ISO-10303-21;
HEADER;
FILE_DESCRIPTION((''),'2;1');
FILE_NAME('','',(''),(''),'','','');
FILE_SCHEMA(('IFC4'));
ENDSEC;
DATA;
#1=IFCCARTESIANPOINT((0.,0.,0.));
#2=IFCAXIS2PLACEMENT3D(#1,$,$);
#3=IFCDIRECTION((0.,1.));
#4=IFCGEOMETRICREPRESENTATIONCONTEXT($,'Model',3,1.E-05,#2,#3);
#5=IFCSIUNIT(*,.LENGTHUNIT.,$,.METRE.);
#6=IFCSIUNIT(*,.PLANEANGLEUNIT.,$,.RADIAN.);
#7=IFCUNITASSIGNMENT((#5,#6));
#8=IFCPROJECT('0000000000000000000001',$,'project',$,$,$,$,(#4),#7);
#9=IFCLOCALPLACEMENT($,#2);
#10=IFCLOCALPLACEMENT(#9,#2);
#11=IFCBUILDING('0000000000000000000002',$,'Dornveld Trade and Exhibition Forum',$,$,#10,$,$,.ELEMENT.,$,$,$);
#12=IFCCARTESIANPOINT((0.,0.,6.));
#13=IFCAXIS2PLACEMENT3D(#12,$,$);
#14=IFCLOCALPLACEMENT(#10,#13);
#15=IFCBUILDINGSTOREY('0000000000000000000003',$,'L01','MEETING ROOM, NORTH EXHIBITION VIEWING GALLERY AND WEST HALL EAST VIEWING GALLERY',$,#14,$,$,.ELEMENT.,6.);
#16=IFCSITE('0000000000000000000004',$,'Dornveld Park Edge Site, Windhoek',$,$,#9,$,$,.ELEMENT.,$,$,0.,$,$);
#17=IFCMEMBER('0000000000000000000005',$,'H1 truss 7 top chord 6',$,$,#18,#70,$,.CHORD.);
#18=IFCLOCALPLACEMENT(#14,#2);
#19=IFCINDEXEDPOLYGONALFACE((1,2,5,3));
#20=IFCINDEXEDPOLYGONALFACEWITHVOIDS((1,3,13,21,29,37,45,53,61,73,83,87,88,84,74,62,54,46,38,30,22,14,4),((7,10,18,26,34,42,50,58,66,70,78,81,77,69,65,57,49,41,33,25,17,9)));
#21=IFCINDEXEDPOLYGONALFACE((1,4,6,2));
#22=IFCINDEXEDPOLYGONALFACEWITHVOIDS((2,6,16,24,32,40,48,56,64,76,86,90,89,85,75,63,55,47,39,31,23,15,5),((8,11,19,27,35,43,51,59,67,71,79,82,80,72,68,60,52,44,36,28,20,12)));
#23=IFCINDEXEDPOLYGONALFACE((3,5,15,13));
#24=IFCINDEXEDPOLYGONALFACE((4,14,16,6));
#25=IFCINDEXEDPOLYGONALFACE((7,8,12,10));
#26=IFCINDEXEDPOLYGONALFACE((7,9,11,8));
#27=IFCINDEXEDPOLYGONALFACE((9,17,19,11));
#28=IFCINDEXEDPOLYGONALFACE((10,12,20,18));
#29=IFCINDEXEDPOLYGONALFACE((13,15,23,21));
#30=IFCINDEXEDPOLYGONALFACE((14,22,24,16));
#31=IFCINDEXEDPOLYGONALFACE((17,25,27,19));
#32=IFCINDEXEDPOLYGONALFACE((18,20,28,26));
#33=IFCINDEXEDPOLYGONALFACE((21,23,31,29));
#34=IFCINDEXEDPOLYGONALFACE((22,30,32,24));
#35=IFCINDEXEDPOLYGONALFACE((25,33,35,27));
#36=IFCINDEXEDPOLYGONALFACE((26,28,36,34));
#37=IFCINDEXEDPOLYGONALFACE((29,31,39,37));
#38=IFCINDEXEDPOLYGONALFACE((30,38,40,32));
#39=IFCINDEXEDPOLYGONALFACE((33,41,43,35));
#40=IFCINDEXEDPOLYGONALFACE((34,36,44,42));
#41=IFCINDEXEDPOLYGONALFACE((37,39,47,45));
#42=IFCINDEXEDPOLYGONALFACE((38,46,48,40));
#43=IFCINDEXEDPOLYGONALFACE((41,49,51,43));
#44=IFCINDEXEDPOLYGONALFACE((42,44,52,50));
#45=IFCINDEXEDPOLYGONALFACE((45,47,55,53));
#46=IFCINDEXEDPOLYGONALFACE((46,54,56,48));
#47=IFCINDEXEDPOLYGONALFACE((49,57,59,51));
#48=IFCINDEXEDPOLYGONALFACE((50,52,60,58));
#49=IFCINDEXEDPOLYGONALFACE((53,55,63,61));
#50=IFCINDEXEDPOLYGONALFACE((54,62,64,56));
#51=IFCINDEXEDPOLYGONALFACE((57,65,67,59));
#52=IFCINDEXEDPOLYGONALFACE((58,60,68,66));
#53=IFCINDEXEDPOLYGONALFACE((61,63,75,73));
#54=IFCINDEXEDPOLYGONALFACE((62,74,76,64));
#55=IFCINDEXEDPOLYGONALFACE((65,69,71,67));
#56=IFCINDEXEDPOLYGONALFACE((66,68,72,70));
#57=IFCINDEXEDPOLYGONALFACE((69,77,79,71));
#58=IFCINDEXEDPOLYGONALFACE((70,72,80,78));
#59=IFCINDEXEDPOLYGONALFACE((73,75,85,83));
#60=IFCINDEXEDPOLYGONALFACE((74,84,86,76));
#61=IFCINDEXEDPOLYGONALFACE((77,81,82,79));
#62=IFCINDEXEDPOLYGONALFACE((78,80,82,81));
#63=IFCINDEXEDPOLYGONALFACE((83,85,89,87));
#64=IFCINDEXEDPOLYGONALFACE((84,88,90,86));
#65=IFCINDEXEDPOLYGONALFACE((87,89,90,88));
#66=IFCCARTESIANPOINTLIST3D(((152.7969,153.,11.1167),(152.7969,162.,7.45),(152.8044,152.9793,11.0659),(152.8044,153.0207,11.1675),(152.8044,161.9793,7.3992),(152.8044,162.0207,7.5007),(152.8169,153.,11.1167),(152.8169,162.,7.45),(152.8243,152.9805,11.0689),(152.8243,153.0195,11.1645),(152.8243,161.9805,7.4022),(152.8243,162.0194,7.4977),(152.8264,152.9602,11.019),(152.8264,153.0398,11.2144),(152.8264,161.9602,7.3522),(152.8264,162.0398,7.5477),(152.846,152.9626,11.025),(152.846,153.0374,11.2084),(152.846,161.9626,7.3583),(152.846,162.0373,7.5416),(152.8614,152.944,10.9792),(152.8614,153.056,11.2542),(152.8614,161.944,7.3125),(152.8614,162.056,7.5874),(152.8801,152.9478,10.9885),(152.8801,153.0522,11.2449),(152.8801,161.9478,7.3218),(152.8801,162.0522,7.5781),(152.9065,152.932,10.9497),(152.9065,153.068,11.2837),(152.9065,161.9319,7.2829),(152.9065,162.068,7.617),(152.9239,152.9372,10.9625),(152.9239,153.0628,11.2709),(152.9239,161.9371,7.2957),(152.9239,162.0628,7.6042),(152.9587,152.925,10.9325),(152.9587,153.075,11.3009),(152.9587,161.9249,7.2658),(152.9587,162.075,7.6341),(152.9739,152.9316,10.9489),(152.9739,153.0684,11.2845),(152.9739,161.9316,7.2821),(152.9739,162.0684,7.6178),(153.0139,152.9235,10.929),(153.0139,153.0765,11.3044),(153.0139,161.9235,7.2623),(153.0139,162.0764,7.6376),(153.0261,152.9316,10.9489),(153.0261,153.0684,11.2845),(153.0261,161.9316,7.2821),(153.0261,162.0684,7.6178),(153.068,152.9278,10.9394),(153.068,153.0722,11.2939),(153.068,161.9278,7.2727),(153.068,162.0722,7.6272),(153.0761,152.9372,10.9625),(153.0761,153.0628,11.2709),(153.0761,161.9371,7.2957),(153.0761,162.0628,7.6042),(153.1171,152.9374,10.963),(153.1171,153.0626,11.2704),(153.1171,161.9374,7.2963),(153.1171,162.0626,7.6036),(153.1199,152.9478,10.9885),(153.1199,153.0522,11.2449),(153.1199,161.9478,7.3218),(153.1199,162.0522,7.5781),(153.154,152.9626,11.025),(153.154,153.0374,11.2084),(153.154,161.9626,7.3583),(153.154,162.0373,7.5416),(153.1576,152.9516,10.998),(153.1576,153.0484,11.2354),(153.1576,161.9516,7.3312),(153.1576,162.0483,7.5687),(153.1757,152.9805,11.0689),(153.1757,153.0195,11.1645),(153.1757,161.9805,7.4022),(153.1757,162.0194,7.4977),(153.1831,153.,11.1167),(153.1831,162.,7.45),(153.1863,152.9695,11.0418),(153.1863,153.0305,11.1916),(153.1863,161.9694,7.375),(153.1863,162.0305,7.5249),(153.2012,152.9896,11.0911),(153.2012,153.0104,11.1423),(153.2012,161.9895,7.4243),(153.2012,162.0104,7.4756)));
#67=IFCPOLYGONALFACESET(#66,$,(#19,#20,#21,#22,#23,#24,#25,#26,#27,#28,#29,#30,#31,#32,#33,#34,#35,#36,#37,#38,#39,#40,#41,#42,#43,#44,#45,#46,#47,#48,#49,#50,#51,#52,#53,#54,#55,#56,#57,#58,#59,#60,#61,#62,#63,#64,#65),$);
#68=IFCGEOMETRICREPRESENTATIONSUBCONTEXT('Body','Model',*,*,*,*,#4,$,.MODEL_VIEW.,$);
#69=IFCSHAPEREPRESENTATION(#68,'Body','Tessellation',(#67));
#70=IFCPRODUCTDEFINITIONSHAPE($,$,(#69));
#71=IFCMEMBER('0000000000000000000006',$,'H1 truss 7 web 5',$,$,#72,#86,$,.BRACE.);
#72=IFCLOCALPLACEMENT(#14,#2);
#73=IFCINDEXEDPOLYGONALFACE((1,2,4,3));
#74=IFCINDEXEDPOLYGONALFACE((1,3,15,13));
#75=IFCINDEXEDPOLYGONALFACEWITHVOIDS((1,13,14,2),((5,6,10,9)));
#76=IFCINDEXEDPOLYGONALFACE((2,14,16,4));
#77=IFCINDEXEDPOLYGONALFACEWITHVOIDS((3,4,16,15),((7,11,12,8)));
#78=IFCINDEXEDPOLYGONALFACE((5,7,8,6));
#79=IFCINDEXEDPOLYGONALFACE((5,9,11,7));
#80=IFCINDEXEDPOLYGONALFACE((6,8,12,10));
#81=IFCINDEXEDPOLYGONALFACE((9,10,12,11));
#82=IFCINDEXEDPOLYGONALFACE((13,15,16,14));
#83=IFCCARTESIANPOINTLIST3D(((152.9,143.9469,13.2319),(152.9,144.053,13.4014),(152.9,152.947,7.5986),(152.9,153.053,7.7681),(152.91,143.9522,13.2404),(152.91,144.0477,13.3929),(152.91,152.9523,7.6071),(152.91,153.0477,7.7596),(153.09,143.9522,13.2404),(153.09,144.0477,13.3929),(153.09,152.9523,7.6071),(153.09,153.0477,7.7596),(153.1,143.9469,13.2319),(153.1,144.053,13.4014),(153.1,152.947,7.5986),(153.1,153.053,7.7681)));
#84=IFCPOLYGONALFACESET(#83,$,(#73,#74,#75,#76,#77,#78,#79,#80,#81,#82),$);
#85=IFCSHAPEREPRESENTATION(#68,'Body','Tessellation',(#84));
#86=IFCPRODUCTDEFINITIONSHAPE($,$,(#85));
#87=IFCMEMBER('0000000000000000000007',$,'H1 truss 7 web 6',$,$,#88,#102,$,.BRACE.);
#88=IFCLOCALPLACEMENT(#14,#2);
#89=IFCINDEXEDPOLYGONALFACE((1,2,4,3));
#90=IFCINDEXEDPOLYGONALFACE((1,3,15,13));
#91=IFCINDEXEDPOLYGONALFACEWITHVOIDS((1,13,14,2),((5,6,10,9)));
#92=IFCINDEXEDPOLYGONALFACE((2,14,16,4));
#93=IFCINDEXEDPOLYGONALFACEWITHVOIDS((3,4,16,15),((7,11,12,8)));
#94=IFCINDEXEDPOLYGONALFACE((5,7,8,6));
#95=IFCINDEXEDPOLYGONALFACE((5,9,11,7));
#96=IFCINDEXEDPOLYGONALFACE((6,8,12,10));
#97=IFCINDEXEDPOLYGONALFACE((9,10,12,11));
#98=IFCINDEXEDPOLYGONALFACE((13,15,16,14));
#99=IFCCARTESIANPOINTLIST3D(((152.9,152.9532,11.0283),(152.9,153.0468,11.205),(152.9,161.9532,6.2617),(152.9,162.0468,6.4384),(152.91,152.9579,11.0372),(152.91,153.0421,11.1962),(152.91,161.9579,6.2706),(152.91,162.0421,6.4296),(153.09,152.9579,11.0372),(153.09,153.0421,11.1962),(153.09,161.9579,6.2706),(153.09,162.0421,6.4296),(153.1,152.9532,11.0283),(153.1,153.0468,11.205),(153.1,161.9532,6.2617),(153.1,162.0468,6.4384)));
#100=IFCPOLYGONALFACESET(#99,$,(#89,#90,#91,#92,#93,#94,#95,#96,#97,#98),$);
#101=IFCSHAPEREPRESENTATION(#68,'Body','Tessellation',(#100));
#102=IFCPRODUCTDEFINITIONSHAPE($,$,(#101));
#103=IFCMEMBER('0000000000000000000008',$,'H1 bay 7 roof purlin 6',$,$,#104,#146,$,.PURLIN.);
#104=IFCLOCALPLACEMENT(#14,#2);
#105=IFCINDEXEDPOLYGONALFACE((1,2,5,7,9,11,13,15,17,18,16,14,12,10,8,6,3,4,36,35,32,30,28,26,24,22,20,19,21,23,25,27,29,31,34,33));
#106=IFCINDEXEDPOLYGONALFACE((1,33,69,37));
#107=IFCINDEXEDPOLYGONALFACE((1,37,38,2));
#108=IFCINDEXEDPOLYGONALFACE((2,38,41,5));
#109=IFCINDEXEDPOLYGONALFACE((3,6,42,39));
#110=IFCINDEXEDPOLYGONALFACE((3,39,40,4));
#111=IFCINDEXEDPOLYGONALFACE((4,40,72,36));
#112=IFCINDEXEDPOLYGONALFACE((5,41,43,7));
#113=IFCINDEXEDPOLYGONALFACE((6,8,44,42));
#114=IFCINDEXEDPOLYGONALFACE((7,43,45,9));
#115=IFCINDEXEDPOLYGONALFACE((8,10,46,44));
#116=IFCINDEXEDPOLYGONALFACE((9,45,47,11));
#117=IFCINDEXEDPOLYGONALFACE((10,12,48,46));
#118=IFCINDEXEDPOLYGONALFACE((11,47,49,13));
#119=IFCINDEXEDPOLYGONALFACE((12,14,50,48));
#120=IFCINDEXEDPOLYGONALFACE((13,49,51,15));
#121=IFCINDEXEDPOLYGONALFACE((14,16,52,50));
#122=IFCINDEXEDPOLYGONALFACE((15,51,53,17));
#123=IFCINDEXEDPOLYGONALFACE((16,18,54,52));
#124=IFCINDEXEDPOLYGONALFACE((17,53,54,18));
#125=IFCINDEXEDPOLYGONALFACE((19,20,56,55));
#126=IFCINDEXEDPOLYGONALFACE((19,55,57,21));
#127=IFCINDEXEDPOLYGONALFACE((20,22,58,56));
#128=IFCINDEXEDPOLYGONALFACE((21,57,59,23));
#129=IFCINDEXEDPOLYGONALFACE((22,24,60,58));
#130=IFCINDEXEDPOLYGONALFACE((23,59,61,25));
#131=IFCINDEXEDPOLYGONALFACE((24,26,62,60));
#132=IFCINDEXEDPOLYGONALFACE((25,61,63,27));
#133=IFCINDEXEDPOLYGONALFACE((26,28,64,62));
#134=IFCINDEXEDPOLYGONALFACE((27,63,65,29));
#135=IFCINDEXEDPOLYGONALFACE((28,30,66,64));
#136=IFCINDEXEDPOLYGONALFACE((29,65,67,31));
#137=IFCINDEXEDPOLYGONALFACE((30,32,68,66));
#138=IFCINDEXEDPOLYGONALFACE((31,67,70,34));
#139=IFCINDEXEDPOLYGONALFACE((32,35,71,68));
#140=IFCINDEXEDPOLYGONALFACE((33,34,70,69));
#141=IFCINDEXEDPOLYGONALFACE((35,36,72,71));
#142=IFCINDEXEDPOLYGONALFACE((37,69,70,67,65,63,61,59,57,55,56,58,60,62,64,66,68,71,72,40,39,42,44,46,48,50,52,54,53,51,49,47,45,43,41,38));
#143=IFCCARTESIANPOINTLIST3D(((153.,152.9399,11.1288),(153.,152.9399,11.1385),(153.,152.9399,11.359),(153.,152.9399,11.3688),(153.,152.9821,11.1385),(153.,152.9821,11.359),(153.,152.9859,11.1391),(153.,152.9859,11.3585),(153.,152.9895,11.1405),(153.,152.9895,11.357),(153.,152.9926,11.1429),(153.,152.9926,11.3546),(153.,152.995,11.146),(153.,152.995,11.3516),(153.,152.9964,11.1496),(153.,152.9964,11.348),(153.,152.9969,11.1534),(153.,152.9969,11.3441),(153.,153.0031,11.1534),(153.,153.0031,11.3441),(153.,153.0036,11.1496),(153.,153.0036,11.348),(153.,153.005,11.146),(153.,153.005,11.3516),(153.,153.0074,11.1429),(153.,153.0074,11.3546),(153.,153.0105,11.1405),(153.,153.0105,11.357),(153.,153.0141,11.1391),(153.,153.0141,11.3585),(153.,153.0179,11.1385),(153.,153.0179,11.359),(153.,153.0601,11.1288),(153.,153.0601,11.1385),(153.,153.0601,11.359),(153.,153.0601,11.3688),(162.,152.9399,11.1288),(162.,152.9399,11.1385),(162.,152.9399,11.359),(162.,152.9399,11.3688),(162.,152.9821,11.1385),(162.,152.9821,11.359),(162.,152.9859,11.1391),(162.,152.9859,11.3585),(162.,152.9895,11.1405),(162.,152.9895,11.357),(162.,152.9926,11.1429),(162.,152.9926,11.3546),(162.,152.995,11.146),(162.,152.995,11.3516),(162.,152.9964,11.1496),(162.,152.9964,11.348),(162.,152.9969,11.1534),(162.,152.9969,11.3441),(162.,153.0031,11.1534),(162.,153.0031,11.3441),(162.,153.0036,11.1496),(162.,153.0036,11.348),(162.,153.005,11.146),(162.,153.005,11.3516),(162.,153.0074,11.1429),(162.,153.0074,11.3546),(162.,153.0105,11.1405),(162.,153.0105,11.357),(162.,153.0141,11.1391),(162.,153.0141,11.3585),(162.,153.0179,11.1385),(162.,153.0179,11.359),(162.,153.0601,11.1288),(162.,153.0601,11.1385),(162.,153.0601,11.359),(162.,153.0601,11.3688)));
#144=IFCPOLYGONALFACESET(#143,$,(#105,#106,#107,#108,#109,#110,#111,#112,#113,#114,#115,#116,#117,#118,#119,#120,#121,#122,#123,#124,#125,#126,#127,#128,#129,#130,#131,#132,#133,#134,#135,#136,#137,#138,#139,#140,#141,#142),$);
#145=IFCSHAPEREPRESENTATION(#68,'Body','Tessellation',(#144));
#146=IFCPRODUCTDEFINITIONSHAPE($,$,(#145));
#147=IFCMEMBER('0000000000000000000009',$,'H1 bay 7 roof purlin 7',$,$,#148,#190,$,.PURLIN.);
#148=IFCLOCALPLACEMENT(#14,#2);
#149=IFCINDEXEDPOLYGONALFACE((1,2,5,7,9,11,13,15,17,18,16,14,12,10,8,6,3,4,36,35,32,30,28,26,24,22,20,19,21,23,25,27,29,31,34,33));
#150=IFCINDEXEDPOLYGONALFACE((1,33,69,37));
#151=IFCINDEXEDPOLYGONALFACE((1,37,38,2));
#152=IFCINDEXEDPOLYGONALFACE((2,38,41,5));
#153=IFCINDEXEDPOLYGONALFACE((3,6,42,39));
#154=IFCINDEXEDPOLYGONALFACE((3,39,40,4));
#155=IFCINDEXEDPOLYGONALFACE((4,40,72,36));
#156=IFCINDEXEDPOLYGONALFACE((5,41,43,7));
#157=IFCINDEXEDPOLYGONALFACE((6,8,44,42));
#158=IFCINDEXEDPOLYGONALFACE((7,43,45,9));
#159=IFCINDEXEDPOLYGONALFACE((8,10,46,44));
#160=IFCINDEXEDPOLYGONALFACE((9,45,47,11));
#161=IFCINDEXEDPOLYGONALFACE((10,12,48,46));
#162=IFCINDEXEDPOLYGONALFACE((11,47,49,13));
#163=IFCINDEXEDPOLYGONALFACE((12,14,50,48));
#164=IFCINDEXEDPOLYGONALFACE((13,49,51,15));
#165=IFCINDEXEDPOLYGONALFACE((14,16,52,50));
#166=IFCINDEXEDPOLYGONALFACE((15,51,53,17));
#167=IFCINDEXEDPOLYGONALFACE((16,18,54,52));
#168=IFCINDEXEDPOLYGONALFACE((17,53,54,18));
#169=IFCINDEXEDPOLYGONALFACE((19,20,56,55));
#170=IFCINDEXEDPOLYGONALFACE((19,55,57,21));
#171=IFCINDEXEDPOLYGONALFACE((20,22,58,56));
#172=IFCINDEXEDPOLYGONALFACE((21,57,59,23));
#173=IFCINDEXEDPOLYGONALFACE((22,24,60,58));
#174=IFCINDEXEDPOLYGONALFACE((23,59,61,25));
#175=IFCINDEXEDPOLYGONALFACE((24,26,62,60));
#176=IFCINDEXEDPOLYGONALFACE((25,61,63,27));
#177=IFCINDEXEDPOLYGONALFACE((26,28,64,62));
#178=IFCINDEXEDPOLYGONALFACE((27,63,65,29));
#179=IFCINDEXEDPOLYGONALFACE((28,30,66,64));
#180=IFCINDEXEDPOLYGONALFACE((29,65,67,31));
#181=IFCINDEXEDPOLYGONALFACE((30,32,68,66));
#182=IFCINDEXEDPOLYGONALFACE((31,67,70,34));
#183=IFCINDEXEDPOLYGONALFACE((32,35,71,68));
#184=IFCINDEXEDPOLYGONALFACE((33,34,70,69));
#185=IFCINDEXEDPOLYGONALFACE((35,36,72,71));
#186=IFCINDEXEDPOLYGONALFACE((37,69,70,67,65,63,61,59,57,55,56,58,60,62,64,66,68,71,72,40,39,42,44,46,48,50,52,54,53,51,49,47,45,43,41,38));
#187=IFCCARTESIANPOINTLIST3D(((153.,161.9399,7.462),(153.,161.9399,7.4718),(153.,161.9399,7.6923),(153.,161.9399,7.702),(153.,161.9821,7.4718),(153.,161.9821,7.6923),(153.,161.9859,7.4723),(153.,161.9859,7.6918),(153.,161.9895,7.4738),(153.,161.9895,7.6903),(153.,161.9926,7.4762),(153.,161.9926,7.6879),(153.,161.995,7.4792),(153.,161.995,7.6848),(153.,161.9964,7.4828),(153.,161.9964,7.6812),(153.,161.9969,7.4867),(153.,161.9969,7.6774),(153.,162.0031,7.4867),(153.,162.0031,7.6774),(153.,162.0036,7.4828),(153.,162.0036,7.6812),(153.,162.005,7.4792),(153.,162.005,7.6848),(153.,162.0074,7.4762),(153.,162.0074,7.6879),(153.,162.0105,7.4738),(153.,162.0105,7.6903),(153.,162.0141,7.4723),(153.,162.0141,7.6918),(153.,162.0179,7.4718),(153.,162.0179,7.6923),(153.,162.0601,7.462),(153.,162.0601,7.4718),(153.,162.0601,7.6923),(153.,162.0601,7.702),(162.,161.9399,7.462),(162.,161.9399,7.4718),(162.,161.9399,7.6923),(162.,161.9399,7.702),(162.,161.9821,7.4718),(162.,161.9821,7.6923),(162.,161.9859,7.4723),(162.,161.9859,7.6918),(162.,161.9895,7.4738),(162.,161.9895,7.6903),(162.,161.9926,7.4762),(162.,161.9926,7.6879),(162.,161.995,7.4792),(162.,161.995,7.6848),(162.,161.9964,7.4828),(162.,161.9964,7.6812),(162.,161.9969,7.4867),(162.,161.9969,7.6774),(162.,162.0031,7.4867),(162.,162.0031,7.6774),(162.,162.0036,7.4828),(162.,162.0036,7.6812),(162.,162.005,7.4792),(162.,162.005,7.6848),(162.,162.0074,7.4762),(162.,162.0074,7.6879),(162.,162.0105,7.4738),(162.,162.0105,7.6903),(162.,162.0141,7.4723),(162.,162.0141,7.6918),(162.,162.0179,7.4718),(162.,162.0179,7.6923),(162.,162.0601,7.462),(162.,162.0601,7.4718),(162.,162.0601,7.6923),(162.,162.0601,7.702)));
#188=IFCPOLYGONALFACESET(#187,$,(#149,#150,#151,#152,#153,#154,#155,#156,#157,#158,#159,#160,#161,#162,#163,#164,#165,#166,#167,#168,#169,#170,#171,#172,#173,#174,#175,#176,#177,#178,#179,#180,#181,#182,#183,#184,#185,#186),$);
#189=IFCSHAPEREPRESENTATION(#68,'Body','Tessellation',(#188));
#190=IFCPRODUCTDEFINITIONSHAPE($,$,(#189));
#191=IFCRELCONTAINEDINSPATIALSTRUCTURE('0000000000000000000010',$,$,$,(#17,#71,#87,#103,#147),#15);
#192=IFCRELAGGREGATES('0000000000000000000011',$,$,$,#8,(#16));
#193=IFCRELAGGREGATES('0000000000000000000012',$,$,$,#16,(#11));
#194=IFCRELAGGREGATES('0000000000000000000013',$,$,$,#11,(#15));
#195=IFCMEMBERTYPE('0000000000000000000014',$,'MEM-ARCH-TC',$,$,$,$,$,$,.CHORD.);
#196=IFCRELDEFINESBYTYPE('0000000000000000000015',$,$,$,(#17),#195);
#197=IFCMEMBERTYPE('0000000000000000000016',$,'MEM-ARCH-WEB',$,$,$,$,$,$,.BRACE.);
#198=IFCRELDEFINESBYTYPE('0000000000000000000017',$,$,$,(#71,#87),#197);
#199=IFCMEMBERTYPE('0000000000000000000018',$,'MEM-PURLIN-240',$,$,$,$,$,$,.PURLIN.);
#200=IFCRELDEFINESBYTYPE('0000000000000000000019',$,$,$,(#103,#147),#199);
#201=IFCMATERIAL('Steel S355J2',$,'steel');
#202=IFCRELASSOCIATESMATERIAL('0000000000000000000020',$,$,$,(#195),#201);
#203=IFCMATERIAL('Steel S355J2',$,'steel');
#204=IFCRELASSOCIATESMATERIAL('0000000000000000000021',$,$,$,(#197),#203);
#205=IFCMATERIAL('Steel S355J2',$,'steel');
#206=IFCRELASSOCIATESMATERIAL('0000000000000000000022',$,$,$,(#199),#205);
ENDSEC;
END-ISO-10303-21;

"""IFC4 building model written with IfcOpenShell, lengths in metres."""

from ifc_helpers import new_model, si_unit, direction, frame, origin, origin_2d, place, context, subcontext, project, spatial, hollow_rectangle, hollow_circle, i_section, extrude, material, material_profile, profile_set, type_object, element, save


model = new_model("IFC4")

# Units and contexts
model_context = context("Model", 3, precision=1e-05, world=origin(), true_north=direction((0.0, 1.0)))
body_context = subcontext(model_context, "Body", "Model", "MODEL_VIEW")
ifc_project = project(units=[si_unit("LENGTHUNIT", "METRE"), si_unit("PLANEANGLEUNIT", "RADIAN")], contexts=[model_context])

# Site, building, storey
site_placement = place(None, origin())
site = spatial("IfcSite", under=ifc_project, at=site_placement, Name="Dornveld Park Edge Site, Windhoek", CompositionType="ELEMENT", RefElevation=0.0)
building_placement = place(site_placement, origin())
building = spatial("IfcBuilding", under=site, at=building_placement, Name="Dornveld Trade and Exhibition Forum", CompositionType="ELEMENT")
storey_placement = place(building_placement, frame((0.0, 0.0, 6.0)))
storey = spatial("IfcBuildingStorey", under=building, at=storey_placement, Name="L01", Description="MEETING ROOM, NORTH EXHIBITION VIEWING GALLERY AND WEST HALL EAST VIEWING GALLERY", CompositionType="ELEMENT", Elevation=6.0)

# Members
ifc_material_1 = material(Name="Steel S355J2", Category="steel")
ifc_material_profile_1 = material_profile(ifc_material_1, hollow_circle(Radius=0.2031, WallThickness=0.02, at=origin_2d()), Name="CHS 406.4x20")
ifc_profile_set_1 = profile_set([ifc_material_profile_1], Name="Steel S355J2")
member_type_1 = type_object("IfcMemberType", Name="MEM-ARCH-TC", PredefinedType="CHORD", material=ifc_profile_set_1)
member_1_placement = place(storey_placement, frame((153.0, 153.0, 11.1167), z_axis=(0.0, 0.926089, -0.377304), x_axis=(-1.0, 0.0, 0.0)))
element("IfcMember", 1, at=member_1_placement, inside=storey, type_object=member_type_1, Name="H1 truss 7 top chord 6", PredefinedType="CHORD", context=body_context, shape_type="SweptSolid", body=[
    extrude(hollow_circle(Radius=0.2031, WallThickness=0.02, at=origin_2d()), origin(), (0.0, 0.0, 1.0), 9.7183),
])
ifc_material_2 = material(Name="Steel S355J2", Category="steel")
ifc_material_profile_2 = material_profile(ifc_material_2, hollow_rectangle(XDim=0.2, YDim=0.2, WallThickness=0.01, at=origin_2d()), Name="SHS 200x200x10")
ifc_profile_set_2 = profile_set([ifc_material_profile_2], Name="Steel S355J2")
member_type_2 = type_object("IfcMemberType", Name="MEM-ARCH-WEB", PredefinedType="BRACE", material=ifc_profile_set_2)
member_2_placement = place(storey_placement, frame((153.0, 153.0, 7.6833), z_axis=(0.0, -0.847647, 0.530561), x_axis=(1.0, 0.0, 0.0)))
element("IfcMember", 2, at=member_2_placement, inside=storey, type_object=member_type_2, Name="H1 truss 7 web 5", PredefinedType="BRACE", context=body_context, shape_type="SweptSolid", body=[
    extrude(hollow_rectangle(XDim=0.2, YDim=0.2, WallThickness=0.01, at=origin_2d()), origin(), (0.0, 0.0, 1.0), 10.6177),
])
member_3_placement = place(storey_placement, frame((153.0, 162.0, 6.3501), z_axis=(0.0, -0.883711, 0.468033), x_axis=(1.0, 0.0, 0.0)))
element("IfcMember", 3, at=member_3_placement, inside=storey, type_object=member_type_2, Name="H1 truss 7 web 6", PredefinedType="BRACE", context=body_context, shape_type="SweptSolid", body=[
    extrude(hollow_rectangle(XDim=0.2, YDim=0.2, WallThickness=0.01, at=origin_2d()), origin(), (0.0, 0.0, 1.0), 10.1843),
])
ifc_material_3 = material(Name="Steel S355J2", Category="steel")
ifc_material_profile_3 = material_profile(ifc_material_3, i_section(OverallWidth=0.1201, OverallDepth=0.24, WebThickness=0.0061, FlangeThickness=0.0098, FilletRadius=0.0149, at=origin_2d()), Name="IPE 240")
ifc_profile_set_3 = profile_set([ifc_material_profile_3], Name="Steel S355J2")
member_type_3 = type_object("IfcMemberType", Name="MEM-PURLIN-240", PredefinedType="PURLIN", material=ifc_profile_set_3)
for number, where, z_axis, x_axis, name in (
    (4, (153.0, 153.0, 11.2488), (1.0, 0.0, 0.0), (0.0, 1.0, 0.0), "H1 bay 7 roof purlin 6"),
    (5, (153.0, 162.0, 7.582), (1.0, 0.0, 0.0), (0.0, 1.0, 0.0), "H1 bay 7 roof purlin 7"),
):
    element("IfcMember", number, at=place(storey_placement, frame(where, z_axis=z_axis, x_axis=x_axis)), inside=storey, type_object=member_type_3, Name=name, PredefinedType="PURLIN", context=body_context, shape_type="SweptSolid", body=[
        extrude(i_section(OverallWidth=0.1201, OverallDepth=0.24, WebThickness=0.0061, FlangeThickness=0.0098, FilletRadius=0.0149, at=origin_2d()), origin(), (0.0, 0.0, 1.0), 9.0),
    ])

save(model, "model.ifc")
